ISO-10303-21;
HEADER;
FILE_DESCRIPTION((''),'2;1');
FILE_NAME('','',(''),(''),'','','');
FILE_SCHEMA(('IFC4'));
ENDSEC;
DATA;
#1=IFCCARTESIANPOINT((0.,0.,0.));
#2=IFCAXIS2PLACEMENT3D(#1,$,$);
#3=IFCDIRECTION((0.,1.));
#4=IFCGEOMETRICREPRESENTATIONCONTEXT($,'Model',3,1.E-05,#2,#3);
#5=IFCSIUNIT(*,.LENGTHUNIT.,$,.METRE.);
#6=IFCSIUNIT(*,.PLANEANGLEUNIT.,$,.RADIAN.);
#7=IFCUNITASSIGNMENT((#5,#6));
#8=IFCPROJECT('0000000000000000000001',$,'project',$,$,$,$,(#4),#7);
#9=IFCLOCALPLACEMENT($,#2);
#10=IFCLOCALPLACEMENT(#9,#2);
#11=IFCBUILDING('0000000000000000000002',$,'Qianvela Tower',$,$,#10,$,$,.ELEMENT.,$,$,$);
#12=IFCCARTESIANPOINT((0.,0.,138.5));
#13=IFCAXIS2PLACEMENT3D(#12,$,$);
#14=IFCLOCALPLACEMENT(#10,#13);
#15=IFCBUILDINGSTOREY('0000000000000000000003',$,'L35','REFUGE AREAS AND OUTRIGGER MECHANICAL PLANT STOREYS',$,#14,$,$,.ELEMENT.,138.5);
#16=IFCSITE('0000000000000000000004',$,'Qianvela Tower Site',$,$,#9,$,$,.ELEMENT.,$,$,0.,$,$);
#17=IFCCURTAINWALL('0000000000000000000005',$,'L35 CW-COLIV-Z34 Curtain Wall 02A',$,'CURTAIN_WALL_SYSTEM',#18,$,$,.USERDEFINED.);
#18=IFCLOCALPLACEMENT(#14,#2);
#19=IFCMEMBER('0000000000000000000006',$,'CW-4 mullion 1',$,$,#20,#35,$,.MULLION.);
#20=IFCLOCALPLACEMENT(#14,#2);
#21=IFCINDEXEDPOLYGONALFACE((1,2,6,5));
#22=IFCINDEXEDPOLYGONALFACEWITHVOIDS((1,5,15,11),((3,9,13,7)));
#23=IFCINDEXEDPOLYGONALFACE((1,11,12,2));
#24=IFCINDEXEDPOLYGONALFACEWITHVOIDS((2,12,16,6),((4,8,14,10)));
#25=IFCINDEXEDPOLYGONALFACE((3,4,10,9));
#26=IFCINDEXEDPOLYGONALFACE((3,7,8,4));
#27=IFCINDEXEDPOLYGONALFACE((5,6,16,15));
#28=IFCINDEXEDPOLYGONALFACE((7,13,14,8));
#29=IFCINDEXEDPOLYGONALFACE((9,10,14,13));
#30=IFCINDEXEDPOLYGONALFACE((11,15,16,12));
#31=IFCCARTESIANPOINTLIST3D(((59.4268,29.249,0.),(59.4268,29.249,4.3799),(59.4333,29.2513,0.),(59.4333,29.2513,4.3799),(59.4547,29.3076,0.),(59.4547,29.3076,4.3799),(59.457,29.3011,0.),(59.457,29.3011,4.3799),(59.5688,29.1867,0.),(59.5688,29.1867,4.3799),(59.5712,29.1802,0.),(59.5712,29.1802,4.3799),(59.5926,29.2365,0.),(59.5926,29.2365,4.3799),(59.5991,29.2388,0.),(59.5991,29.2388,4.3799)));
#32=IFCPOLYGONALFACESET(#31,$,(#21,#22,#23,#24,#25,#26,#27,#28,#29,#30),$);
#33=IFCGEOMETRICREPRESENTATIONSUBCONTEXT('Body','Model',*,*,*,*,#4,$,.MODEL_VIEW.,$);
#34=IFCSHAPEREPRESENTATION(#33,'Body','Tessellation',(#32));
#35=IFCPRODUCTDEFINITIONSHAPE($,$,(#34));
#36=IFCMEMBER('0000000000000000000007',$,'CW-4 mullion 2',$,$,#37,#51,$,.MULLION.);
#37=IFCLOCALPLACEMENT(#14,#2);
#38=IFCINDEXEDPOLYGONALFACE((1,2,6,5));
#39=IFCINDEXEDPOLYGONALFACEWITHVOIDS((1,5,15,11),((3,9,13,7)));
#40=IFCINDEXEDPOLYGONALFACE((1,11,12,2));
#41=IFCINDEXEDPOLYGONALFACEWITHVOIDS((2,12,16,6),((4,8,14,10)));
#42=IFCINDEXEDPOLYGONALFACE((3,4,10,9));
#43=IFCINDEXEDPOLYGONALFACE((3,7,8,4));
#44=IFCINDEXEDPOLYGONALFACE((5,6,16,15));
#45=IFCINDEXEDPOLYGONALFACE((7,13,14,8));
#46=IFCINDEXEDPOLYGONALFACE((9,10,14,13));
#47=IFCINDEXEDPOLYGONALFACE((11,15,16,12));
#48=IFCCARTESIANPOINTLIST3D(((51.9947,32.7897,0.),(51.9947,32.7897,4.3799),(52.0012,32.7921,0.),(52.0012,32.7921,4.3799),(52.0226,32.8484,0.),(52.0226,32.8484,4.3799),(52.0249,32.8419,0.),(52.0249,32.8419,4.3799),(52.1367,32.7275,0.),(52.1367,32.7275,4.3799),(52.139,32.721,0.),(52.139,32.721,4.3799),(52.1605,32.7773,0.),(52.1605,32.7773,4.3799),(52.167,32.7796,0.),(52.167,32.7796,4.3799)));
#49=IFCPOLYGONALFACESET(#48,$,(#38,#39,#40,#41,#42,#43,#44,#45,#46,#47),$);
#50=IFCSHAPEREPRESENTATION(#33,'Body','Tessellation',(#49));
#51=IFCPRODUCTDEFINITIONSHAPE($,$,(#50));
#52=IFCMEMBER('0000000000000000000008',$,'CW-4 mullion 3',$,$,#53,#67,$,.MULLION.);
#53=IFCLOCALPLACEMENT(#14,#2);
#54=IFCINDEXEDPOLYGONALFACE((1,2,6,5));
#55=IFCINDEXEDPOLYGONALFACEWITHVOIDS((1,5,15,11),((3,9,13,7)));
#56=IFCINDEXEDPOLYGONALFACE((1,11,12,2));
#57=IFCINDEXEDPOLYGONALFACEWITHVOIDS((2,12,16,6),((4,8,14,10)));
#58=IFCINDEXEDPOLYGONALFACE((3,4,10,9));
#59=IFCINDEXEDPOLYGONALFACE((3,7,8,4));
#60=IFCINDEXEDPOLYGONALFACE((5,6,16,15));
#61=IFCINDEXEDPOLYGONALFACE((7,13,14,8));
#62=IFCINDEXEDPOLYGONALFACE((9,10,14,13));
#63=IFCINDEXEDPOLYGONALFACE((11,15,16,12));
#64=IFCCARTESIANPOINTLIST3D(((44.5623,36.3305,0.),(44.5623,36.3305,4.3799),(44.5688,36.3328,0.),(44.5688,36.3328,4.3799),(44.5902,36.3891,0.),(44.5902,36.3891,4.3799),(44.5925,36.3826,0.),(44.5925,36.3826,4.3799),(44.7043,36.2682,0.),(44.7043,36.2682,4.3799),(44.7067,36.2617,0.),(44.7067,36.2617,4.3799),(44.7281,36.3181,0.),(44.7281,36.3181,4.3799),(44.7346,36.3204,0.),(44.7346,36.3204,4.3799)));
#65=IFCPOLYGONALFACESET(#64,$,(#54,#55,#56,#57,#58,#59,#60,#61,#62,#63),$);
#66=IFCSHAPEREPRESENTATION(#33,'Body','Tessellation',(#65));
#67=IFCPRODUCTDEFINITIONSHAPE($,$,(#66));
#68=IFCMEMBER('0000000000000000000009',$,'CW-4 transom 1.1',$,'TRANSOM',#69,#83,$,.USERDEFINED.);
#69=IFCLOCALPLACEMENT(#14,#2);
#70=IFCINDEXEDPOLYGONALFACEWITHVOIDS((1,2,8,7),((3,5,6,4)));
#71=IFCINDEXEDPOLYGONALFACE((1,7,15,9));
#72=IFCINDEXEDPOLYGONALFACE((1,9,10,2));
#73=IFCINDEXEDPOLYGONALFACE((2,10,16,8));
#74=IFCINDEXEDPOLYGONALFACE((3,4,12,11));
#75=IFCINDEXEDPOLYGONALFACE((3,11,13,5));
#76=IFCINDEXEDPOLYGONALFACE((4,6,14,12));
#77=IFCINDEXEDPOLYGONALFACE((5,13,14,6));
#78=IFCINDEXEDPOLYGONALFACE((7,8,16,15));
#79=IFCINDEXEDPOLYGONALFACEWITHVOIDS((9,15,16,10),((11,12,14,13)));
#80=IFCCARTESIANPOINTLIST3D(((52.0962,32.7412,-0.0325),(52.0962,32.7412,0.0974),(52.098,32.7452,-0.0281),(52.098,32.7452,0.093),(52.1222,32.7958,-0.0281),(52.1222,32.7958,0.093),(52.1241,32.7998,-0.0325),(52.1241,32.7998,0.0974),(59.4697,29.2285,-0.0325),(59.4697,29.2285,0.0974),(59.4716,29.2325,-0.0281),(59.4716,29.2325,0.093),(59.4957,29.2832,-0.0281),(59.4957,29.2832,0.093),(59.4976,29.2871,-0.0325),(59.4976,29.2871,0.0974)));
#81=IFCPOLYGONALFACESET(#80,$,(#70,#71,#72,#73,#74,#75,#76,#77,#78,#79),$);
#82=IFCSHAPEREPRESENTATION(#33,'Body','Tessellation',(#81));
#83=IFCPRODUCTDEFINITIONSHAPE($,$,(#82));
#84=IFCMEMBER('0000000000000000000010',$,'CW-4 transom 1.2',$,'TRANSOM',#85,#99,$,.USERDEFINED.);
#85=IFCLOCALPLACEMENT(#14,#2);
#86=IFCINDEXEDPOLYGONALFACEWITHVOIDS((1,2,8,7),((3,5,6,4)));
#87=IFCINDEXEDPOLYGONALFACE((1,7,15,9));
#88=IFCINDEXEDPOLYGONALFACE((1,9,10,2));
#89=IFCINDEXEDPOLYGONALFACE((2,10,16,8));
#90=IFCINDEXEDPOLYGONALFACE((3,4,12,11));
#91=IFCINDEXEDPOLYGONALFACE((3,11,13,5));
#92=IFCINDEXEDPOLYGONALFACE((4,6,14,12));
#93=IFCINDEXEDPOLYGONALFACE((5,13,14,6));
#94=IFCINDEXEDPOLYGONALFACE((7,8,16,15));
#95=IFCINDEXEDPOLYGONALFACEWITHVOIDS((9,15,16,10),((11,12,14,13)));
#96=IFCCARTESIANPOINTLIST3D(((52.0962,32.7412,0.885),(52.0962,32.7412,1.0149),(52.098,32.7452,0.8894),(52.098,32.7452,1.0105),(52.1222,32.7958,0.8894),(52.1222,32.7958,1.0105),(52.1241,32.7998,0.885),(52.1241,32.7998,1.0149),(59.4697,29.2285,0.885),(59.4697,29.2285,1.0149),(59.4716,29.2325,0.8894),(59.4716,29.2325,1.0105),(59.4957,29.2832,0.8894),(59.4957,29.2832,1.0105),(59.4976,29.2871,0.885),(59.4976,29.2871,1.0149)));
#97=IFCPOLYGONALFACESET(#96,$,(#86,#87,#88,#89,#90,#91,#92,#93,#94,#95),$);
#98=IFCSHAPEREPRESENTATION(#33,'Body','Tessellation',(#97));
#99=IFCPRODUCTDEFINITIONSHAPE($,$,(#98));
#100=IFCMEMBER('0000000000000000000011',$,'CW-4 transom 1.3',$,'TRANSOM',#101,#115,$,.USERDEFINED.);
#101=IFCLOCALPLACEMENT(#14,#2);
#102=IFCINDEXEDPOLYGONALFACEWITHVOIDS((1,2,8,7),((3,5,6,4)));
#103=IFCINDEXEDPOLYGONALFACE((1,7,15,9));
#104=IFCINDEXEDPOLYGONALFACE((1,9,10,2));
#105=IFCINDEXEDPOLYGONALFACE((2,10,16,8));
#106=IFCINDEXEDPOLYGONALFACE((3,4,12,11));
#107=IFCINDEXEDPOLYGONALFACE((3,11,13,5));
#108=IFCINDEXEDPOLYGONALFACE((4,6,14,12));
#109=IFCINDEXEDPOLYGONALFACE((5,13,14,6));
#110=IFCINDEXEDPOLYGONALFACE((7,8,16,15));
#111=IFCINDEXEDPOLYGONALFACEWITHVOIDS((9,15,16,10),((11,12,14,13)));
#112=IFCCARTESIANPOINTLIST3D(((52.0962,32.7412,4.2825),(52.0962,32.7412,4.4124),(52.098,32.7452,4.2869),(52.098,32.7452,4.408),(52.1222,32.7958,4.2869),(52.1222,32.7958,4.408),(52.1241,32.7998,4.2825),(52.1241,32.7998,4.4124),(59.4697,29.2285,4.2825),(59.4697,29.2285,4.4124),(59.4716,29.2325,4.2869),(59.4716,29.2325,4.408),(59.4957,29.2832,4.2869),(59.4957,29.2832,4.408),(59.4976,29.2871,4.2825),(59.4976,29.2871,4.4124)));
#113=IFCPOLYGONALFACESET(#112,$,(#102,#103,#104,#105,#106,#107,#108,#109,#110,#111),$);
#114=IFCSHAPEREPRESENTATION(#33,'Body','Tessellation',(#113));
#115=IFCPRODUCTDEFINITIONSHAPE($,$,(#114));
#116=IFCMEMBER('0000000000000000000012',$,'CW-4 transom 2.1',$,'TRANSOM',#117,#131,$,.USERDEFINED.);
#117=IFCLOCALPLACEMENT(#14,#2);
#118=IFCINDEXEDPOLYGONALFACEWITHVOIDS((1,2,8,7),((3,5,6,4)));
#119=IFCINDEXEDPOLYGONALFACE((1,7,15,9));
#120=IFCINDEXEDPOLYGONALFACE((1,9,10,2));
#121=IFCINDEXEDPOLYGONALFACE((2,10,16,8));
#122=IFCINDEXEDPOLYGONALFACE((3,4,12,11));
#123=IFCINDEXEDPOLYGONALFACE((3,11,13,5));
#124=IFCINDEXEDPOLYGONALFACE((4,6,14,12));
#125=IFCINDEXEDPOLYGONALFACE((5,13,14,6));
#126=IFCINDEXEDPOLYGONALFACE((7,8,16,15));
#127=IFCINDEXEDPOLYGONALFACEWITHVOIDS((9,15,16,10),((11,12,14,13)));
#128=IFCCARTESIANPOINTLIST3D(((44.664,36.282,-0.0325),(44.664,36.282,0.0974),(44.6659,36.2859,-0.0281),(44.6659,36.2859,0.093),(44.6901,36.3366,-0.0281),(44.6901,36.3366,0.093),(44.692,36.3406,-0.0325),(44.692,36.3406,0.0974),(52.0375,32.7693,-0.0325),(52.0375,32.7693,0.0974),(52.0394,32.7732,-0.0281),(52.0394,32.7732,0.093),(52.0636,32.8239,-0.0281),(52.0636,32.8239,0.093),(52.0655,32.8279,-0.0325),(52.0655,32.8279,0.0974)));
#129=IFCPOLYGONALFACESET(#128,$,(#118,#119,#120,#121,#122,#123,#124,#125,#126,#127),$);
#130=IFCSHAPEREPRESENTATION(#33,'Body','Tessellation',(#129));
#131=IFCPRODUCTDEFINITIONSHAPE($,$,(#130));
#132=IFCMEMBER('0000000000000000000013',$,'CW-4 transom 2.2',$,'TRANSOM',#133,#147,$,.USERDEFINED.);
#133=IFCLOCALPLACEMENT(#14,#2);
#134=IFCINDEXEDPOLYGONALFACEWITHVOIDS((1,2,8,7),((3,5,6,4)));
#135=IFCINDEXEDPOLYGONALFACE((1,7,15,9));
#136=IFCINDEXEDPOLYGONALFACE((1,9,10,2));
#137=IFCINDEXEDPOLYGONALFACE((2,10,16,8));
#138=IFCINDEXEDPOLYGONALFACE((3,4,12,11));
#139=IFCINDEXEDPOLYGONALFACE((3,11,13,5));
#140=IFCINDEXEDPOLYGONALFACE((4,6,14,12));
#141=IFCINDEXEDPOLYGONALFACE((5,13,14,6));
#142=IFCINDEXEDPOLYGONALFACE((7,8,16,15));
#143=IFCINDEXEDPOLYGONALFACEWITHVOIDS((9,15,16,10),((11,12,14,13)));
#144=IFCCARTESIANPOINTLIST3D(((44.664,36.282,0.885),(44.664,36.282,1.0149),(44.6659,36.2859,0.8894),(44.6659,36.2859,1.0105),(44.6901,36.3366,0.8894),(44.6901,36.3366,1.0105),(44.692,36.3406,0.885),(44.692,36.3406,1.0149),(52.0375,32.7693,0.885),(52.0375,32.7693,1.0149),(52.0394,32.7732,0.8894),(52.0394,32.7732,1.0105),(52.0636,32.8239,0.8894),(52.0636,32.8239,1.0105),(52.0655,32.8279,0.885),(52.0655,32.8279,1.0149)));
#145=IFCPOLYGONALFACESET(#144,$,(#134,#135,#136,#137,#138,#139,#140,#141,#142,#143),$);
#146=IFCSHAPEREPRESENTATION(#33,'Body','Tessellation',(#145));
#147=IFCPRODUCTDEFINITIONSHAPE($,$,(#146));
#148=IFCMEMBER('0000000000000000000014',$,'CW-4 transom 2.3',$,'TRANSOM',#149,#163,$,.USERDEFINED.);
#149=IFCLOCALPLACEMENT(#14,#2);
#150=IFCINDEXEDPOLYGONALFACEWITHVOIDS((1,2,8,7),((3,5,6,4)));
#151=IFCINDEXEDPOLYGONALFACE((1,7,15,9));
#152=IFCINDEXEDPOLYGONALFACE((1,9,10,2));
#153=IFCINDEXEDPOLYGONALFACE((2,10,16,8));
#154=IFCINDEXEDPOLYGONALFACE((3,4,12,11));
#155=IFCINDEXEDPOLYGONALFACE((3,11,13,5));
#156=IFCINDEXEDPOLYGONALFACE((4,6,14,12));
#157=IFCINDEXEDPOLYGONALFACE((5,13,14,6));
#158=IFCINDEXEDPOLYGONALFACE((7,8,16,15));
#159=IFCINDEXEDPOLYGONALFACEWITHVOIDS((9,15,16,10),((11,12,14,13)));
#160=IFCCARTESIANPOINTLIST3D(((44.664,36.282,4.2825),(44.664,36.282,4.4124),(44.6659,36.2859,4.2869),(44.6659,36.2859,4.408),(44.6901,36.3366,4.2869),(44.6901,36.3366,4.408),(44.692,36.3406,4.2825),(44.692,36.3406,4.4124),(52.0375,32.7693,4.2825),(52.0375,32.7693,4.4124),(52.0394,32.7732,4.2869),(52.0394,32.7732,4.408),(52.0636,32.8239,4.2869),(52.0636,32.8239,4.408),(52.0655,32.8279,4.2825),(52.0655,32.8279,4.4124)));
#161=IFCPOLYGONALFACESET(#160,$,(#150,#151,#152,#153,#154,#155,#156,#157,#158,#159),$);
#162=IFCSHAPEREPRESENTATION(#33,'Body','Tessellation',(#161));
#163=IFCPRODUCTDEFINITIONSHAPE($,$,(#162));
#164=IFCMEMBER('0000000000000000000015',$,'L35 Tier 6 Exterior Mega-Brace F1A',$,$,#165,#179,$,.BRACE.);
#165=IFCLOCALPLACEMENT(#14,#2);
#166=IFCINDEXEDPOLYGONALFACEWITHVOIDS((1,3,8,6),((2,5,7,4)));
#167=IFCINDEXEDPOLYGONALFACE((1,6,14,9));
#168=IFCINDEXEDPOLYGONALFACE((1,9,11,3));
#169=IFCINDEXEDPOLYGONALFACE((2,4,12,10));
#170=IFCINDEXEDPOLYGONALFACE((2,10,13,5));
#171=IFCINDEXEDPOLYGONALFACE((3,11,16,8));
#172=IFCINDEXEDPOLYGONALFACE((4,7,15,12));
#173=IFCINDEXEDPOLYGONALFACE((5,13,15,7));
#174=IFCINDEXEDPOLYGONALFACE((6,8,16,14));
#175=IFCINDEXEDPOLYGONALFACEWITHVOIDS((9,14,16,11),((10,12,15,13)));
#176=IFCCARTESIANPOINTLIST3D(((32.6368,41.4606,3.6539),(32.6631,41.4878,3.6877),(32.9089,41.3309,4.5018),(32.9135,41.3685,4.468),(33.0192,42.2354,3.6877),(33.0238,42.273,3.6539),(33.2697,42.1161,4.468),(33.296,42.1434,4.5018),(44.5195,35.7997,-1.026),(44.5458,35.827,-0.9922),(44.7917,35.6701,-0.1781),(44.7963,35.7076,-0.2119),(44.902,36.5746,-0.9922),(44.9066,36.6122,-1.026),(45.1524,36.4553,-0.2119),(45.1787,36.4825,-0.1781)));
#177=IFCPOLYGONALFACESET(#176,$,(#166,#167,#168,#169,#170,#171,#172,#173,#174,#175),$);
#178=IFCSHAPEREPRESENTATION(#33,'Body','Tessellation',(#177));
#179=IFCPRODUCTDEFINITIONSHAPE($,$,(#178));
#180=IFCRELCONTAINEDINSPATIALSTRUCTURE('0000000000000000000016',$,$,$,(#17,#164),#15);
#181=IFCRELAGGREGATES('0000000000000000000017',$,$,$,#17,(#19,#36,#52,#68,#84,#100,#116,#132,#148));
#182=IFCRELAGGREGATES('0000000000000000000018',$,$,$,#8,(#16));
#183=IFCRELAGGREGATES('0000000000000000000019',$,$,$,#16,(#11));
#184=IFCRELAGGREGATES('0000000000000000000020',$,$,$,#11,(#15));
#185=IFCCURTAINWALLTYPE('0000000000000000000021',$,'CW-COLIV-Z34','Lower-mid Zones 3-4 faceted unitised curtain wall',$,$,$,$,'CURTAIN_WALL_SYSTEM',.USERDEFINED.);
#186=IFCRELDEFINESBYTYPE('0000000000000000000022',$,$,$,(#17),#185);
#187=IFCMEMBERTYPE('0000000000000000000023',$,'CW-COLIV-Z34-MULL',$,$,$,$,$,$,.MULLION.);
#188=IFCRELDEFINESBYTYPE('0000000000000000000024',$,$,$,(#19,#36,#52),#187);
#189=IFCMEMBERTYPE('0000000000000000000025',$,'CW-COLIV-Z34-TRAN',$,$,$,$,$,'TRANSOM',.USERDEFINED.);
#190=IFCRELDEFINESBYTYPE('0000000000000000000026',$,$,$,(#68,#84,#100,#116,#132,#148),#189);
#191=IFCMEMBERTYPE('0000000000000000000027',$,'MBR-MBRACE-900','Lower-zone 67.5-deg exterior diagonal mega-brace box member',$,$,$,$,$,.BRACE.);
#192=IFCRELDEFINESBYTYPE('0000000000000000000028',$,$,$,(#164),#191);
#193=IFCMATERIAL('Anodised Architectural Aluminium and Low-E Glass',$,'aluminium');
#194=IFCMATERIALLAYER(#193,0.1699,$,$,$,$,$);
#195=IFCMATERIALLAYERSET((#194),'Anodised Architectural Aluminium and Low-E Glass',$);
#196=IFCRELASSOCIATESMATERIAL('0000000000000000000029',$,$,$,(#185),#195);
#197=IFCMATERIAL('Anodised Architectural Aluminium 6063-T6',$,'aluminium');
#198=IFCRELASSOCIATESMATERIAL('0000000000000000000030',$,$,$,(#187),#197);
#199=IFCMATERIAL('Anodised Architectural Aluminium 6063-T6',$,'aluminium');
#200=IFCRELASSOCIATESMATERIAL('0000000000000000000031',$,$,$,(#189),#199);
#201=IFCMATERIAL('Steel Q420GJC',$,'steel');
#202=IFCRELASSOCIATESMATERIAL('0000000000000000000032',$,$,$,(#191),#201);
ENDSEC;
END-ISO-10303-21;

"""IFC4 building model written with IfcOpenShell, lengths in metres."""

from ifc_helpers import new_model, si_unit, direction, frame, origin, origin_2d, place, context, subcontext, project, spatial, hollow_rectangle, extrude, material, layer, layer_set, material_profile, profile_set, type_object, element, aggregate, save


model = new_model("IFC4")

# Units and contexts
model_context = context("Model", 3, precision=1e-05, world=origin(), true_north=direction((0.0, 1.0)))
body_context = subcontext(model_context, "Body", "Model", "MODEL_VIEW")
ifc_project = project(units=[si_unit("LENGTHUNIT", "METRE"), si_unit("PLANEANGLEUNIT", "RADIAN")], contexts=[model_context])

# Site, building, storey
site_placement = place(None, origin())
site = spatial("IfcSite", under=ifc_project, at=site_placement, Name="Qianvela Tower Site", CompositionType="ELEMENT", RefElevation=0.0)
building_placement = place(site_placement, origin())
building = spatial("IfcBuilding", under=site, at=building_placement, Name="Qianvela Tower", CompositionType="ELEMENT")
storey_placement = place(building_placement, frame((0.0, 0.0, 138.5)))
storey = spatial("IfcBuildingStorey", under=building, at=storey_placement, Name="L35", Description="REFUGE AREAS AND OUTRIGGER MECHANICAL PLANT STOREYS", CompositionType="ELEMENT", Elevation=138.5)

# Curtain wall, members
ifc_material_1 = material(Name="Anodised Architectural Aluminium and Low-E Glass", Category="aluminium")
ifc_layer_1 = layer(ifc_material_1, 0.1699)
ifc_layer_set_1 = layer_set([ifc_layer_1], Name="Anodised Architectural Aluminium and Low-E Glass")
curtain_wall_type_1 = type_object("IfcCurtainWallType", Name="CW-COLIV-Z34", Description="Lower-mid Zones 3-4 faceted unitised curtain wall", ElementType="CURTAIN_WALL_SYSTEM", PredefinedType="USERDEFINED", material=ifc_layer_set_1)
curtain_wall_1_placement = place(storey_placement, origin())
curtain_wall_1 = element("IfcCurtainWall", 1, at=curtain_wall_1_placement, inside=storey, type_object=curtain_wall_type_1, Name="L35 CW-COLIV-Z34 Curtain Wall 02A", ObjectType="CURTAIN_WALL_SYSTEM", PredefinedType="USERDEFINED")
ifc_material_2 = material(Name="Anodised Architectural Aluminium 6063-T6", Category="aluminium")
ifc_material_profile_1 = material_profile(ifc_material_2, hollow_rectangle(XDim=0.0649, YDim=0.1599, WallThickness=0.0049, at=origin_2d()), Name="ALU-MULL-65x160")
ifc_profile_set_1 = profile_set([ifc_material_profile_1], Name="Anodised Architectural Aluminium 6063-T6")
member_type_1 = type_object("IfcMemberType", Name="CW-COLIV-Z34-MULL", PredefinedType="MULLION", material=ifc_profile_set_1)
member_1_placement = place(storey_placement, frame((59.5129, 29.2439, 0.0), z_axis=(0.0, 0.0, 1.0), x_axis=(-0.430089, -0.902786, 0.0)))
member_1 = element("IfcMember", 2, at=member_1_placement, type_object=member_type_1, Name="CW-4 mullion 1", PredefinedType="MULLION", context=body_context, shape_type="SweptSolid", body=[
    extrude(hollow_rectangle(XDim=0.0649, YDim=0.1599, WallThickness=0.0049, at=origin_2d()), origin(), (0.0, 0.0, 1.0), 4.3799),
])
member_2_placement = place(storey_placement, frame((52.0808, 32.7847, 0.0), z_axis=(0.0, 0.0, 1.0), x_axis=(-0.430089, -0.902786, 0.0)))
member_2 = element("IfcMember", 3, at=member_2_placement, type_object=member_type_1, Name="CW-4 mullion 2", PredefinedType="MULLION", context=body_context, shape_type="SweptSolid", body=[
    extrude(hollow_rectangle(XDim=0.0649, YDim=0.1599, WallThickness=0.0049, at=origin_2d()), origin(), (0.0, 0.0, 1.0), 4.3799),
])
member_3_placement = place(storey_placement, frame((44.6484, 36.3254, 0.0), z_axis=(0.0, 0.0, 1.0), x_axis=(-0.430089, -0.902786, 0.0)))
member_3 = element("IfcMember", 4, at=member_3_placement, type_object=member_type_1, Name="CW-4 mullion 3", PredefinedType="MULLION", context=body_context, shape_type="SweptSolid", body=[
    extrude(hollow_rectangle(XDim=0.0649, YDim=0.1599, WallThickness=0.0049, at=origin_2d()), origin(), (0.0, 0.0, 1.0), 4.3799),
])
ifc_material_3 = material(Name="Anodised Architectural Aluminium 6063-T6", Category="aluminium")
ifc_material_profile_2 = material_profile(ifc_material_3, hollow_rectangle(XDim=0.0649, YDim=0.1299, WallThickness=0.0044, at=origin_2d()), Name="ALU-TRAN-65x130")
ifc_profile_set_2 = profile_set([ifc_material_profile_2], Name="Anodised Architectural Aluminium 6063-T6")
member_type_2 = type_object("IfcMemberType", Name="CW-COLIV-Z34-TRAN", ElementType="TRANSOM", PredefinedType="USERDEFINED", material=ifc_profile_set_2)
member_4_placement = place(storey_placement, frame((59.4836, 29.2578, 0.0325), z_axis=(-0.90279, 0.430082, 0.0), x_axis=(-0.430082, -0.90279, 0.0)))
member_4 = element("IfcMember", 5, at=member_4_placement, type_object=member_type_2, Name="CW-4 transom 1.1", ObjectType="TRANSOM", PredefinedType="USERDEFINED", context=body_context, shape_type="SweptSolid", body=[
    extrude(hollow_rectangle(XDim=0.0649, YDim=0.1299, WallThickness=0.0044, at=origin_2d()), origin(), (0.0, 0.0, 1.0), 8.1675),
])
member_5_placement = place(storey_placement, frame((59.4836, 29.2578, 0.95), z_axis=(-0.90279, 0.430082, 0.0), x_axis=(-0.430082, -0.90279, 0.0)))
member_5 = element("IfcMember", 6, at=member_5_placement, type_object=member_type_2, Name="CW-4 transom 1.2", ObjectType="TRANSOM", PredefinedType="USERDEFINED", context=body_context, shape_type="SweptSolid", body=[
    extrude(hollow_rectangle(XDim=0.0649, YDim=0.1299, WallThickness=0.0044, at=origin_2d()), origin(), (0.0, 0.0, 1.0), 8.1675),
])
member_6_placement = place(storey_placement, frame((59.4836, 29.2578, 4.3474), z_axis=(-0.90279, 0.430082, 0.0), x_axis=(-0.430082, -0.90279, 0.0)))
member_6 = element("IfcMember", 7, at=member_6_placement, type_object=member_type_2, Name="CW-4 transom 1.3", ObjectType="TRANSOM", PredefinedType="USERDEFINED", context=body_context, shape_type="SweptSolid", body=[
    extrude(hollow_rectangle(XDim=0.0649, YDim=0.1299, WallThickness=0.0044, at=origin_2d()), origin(), (0.0, 0.0, 1.0), 8.1675),
])
member_7_placement = place(storey_placement, frame((52.0515, 32.7986, 0.0325), z_axis=(-0.90279, 0.430082, 0.0), x_axis=(-0.430082, -0.90279, 0.0)))
member_7 = element("IfcMember", 8, at=member_7_placement, type_object=member_type_2, Name="CW-4 transom 2.1", ObjectType="TRANSOM", PredefinedType="USERDEFINED", context=body_context, shape_type="SweptSolid", body=[
    extrude(hollow_rectangle(XDim=0.0649, YDim=0.1299, WallThickness=0.0044, at=origin_2d()), origin(), (0.0, 0.0, 1.0), 8.1675),
])
member_8_placement = place(storey_placement, frame((52.0515, 32.7986, 0.95), z_axis=(-0.90279, 0.430082, 0.0), x_axis=(-0.430082, -0.90279, 0.0)))
member_8 = element("IfcMember", 9, at=member_8_placement, type_object=member_type_2, Name="CW-4 transom 2.2", ObjectType="TRANSOM", PredefinedType="USERDEFINED", context=body_context, shape_type="SweptSolid", body=[
    extrude(hollow_rectangle(XDim=0.0649, YDim=0.1299, WallThickness=0.0044, at=origin_2d()), origin(), (0.0, 0.0, 1.0), 8.1675),
])
member_9_placement = place(storey_placement, frame((52.0515, 32.7986, 4.3474), z_axis=(-0.90279, 0.430082, 0.0), x_axis=(-0.430082, -0.90279, 0.0)))
member_9 = element("IfcMember", 10, at=member_9_placement, type_object=member_type_2, Name="CW-4 transom 2.3", ObjectType="TRANSOM", PredefinedType="USERDEFINED", context=body_context, shape_type="SweptSolid", body=[
    extrude(hollow_rectangle(XDim=0.0649, YDim=0.1299, WallThickness=0.0044, at=origin_2d()), origin(), (0.0, 0.0, 1.0), 8.1675),
])

# Member
ifc_material_4 = material(Name="Steel Q420GJC", Category="steel")
ifc_material_profile_3 = material_profile(ifc_material_4, hollow_rectangle(XDim=0.8999, YDim=0.8999, WallThickness=0.0359, at=origin_2d()), Name="MBOX-900x900x36")
ifc_profile_set_3 = profile_set([ifc_material_profile_3], Name="Steel Q420GJC")
member_type_3 = type_object("IfcMemberType", Name="MBR-MBRACE-900", Description="Lower-zone 67.5-deg exterior diagonal mega-brace box member", PredefinedType="BRACE", material=ifc_profile_set_3)
member_10_placement = place(storey_placement, frame((44.8491, 36.1411, -0.6021), z_axis=(-0.850622, 0.40523, 0.335009), x_axis=(-0.430083, -0.90279, 0.0)))
element("IfcMember", 11, at=member_10_placement, inside=storey, type_object=member_type_3, Name="L35 Tier 6 Exterior Mega-Brace F1A", PredefinedType="BRACE", context=body_context, shape_type="SweptSolid", body=[
    extrude(hollow_rectangle(XDim=0.8999, YDim=0.8999, WallThickness=0.0359, at=origin_2d()), origin(), (0.0, 0.0, 1.0), 13.9695),
])

aggregate(curtain_wall_1, [member_1, member_2, member_3, member_4, member_5, member_6, member_7, member_8, member_9])

save(model, "model.ifc")
